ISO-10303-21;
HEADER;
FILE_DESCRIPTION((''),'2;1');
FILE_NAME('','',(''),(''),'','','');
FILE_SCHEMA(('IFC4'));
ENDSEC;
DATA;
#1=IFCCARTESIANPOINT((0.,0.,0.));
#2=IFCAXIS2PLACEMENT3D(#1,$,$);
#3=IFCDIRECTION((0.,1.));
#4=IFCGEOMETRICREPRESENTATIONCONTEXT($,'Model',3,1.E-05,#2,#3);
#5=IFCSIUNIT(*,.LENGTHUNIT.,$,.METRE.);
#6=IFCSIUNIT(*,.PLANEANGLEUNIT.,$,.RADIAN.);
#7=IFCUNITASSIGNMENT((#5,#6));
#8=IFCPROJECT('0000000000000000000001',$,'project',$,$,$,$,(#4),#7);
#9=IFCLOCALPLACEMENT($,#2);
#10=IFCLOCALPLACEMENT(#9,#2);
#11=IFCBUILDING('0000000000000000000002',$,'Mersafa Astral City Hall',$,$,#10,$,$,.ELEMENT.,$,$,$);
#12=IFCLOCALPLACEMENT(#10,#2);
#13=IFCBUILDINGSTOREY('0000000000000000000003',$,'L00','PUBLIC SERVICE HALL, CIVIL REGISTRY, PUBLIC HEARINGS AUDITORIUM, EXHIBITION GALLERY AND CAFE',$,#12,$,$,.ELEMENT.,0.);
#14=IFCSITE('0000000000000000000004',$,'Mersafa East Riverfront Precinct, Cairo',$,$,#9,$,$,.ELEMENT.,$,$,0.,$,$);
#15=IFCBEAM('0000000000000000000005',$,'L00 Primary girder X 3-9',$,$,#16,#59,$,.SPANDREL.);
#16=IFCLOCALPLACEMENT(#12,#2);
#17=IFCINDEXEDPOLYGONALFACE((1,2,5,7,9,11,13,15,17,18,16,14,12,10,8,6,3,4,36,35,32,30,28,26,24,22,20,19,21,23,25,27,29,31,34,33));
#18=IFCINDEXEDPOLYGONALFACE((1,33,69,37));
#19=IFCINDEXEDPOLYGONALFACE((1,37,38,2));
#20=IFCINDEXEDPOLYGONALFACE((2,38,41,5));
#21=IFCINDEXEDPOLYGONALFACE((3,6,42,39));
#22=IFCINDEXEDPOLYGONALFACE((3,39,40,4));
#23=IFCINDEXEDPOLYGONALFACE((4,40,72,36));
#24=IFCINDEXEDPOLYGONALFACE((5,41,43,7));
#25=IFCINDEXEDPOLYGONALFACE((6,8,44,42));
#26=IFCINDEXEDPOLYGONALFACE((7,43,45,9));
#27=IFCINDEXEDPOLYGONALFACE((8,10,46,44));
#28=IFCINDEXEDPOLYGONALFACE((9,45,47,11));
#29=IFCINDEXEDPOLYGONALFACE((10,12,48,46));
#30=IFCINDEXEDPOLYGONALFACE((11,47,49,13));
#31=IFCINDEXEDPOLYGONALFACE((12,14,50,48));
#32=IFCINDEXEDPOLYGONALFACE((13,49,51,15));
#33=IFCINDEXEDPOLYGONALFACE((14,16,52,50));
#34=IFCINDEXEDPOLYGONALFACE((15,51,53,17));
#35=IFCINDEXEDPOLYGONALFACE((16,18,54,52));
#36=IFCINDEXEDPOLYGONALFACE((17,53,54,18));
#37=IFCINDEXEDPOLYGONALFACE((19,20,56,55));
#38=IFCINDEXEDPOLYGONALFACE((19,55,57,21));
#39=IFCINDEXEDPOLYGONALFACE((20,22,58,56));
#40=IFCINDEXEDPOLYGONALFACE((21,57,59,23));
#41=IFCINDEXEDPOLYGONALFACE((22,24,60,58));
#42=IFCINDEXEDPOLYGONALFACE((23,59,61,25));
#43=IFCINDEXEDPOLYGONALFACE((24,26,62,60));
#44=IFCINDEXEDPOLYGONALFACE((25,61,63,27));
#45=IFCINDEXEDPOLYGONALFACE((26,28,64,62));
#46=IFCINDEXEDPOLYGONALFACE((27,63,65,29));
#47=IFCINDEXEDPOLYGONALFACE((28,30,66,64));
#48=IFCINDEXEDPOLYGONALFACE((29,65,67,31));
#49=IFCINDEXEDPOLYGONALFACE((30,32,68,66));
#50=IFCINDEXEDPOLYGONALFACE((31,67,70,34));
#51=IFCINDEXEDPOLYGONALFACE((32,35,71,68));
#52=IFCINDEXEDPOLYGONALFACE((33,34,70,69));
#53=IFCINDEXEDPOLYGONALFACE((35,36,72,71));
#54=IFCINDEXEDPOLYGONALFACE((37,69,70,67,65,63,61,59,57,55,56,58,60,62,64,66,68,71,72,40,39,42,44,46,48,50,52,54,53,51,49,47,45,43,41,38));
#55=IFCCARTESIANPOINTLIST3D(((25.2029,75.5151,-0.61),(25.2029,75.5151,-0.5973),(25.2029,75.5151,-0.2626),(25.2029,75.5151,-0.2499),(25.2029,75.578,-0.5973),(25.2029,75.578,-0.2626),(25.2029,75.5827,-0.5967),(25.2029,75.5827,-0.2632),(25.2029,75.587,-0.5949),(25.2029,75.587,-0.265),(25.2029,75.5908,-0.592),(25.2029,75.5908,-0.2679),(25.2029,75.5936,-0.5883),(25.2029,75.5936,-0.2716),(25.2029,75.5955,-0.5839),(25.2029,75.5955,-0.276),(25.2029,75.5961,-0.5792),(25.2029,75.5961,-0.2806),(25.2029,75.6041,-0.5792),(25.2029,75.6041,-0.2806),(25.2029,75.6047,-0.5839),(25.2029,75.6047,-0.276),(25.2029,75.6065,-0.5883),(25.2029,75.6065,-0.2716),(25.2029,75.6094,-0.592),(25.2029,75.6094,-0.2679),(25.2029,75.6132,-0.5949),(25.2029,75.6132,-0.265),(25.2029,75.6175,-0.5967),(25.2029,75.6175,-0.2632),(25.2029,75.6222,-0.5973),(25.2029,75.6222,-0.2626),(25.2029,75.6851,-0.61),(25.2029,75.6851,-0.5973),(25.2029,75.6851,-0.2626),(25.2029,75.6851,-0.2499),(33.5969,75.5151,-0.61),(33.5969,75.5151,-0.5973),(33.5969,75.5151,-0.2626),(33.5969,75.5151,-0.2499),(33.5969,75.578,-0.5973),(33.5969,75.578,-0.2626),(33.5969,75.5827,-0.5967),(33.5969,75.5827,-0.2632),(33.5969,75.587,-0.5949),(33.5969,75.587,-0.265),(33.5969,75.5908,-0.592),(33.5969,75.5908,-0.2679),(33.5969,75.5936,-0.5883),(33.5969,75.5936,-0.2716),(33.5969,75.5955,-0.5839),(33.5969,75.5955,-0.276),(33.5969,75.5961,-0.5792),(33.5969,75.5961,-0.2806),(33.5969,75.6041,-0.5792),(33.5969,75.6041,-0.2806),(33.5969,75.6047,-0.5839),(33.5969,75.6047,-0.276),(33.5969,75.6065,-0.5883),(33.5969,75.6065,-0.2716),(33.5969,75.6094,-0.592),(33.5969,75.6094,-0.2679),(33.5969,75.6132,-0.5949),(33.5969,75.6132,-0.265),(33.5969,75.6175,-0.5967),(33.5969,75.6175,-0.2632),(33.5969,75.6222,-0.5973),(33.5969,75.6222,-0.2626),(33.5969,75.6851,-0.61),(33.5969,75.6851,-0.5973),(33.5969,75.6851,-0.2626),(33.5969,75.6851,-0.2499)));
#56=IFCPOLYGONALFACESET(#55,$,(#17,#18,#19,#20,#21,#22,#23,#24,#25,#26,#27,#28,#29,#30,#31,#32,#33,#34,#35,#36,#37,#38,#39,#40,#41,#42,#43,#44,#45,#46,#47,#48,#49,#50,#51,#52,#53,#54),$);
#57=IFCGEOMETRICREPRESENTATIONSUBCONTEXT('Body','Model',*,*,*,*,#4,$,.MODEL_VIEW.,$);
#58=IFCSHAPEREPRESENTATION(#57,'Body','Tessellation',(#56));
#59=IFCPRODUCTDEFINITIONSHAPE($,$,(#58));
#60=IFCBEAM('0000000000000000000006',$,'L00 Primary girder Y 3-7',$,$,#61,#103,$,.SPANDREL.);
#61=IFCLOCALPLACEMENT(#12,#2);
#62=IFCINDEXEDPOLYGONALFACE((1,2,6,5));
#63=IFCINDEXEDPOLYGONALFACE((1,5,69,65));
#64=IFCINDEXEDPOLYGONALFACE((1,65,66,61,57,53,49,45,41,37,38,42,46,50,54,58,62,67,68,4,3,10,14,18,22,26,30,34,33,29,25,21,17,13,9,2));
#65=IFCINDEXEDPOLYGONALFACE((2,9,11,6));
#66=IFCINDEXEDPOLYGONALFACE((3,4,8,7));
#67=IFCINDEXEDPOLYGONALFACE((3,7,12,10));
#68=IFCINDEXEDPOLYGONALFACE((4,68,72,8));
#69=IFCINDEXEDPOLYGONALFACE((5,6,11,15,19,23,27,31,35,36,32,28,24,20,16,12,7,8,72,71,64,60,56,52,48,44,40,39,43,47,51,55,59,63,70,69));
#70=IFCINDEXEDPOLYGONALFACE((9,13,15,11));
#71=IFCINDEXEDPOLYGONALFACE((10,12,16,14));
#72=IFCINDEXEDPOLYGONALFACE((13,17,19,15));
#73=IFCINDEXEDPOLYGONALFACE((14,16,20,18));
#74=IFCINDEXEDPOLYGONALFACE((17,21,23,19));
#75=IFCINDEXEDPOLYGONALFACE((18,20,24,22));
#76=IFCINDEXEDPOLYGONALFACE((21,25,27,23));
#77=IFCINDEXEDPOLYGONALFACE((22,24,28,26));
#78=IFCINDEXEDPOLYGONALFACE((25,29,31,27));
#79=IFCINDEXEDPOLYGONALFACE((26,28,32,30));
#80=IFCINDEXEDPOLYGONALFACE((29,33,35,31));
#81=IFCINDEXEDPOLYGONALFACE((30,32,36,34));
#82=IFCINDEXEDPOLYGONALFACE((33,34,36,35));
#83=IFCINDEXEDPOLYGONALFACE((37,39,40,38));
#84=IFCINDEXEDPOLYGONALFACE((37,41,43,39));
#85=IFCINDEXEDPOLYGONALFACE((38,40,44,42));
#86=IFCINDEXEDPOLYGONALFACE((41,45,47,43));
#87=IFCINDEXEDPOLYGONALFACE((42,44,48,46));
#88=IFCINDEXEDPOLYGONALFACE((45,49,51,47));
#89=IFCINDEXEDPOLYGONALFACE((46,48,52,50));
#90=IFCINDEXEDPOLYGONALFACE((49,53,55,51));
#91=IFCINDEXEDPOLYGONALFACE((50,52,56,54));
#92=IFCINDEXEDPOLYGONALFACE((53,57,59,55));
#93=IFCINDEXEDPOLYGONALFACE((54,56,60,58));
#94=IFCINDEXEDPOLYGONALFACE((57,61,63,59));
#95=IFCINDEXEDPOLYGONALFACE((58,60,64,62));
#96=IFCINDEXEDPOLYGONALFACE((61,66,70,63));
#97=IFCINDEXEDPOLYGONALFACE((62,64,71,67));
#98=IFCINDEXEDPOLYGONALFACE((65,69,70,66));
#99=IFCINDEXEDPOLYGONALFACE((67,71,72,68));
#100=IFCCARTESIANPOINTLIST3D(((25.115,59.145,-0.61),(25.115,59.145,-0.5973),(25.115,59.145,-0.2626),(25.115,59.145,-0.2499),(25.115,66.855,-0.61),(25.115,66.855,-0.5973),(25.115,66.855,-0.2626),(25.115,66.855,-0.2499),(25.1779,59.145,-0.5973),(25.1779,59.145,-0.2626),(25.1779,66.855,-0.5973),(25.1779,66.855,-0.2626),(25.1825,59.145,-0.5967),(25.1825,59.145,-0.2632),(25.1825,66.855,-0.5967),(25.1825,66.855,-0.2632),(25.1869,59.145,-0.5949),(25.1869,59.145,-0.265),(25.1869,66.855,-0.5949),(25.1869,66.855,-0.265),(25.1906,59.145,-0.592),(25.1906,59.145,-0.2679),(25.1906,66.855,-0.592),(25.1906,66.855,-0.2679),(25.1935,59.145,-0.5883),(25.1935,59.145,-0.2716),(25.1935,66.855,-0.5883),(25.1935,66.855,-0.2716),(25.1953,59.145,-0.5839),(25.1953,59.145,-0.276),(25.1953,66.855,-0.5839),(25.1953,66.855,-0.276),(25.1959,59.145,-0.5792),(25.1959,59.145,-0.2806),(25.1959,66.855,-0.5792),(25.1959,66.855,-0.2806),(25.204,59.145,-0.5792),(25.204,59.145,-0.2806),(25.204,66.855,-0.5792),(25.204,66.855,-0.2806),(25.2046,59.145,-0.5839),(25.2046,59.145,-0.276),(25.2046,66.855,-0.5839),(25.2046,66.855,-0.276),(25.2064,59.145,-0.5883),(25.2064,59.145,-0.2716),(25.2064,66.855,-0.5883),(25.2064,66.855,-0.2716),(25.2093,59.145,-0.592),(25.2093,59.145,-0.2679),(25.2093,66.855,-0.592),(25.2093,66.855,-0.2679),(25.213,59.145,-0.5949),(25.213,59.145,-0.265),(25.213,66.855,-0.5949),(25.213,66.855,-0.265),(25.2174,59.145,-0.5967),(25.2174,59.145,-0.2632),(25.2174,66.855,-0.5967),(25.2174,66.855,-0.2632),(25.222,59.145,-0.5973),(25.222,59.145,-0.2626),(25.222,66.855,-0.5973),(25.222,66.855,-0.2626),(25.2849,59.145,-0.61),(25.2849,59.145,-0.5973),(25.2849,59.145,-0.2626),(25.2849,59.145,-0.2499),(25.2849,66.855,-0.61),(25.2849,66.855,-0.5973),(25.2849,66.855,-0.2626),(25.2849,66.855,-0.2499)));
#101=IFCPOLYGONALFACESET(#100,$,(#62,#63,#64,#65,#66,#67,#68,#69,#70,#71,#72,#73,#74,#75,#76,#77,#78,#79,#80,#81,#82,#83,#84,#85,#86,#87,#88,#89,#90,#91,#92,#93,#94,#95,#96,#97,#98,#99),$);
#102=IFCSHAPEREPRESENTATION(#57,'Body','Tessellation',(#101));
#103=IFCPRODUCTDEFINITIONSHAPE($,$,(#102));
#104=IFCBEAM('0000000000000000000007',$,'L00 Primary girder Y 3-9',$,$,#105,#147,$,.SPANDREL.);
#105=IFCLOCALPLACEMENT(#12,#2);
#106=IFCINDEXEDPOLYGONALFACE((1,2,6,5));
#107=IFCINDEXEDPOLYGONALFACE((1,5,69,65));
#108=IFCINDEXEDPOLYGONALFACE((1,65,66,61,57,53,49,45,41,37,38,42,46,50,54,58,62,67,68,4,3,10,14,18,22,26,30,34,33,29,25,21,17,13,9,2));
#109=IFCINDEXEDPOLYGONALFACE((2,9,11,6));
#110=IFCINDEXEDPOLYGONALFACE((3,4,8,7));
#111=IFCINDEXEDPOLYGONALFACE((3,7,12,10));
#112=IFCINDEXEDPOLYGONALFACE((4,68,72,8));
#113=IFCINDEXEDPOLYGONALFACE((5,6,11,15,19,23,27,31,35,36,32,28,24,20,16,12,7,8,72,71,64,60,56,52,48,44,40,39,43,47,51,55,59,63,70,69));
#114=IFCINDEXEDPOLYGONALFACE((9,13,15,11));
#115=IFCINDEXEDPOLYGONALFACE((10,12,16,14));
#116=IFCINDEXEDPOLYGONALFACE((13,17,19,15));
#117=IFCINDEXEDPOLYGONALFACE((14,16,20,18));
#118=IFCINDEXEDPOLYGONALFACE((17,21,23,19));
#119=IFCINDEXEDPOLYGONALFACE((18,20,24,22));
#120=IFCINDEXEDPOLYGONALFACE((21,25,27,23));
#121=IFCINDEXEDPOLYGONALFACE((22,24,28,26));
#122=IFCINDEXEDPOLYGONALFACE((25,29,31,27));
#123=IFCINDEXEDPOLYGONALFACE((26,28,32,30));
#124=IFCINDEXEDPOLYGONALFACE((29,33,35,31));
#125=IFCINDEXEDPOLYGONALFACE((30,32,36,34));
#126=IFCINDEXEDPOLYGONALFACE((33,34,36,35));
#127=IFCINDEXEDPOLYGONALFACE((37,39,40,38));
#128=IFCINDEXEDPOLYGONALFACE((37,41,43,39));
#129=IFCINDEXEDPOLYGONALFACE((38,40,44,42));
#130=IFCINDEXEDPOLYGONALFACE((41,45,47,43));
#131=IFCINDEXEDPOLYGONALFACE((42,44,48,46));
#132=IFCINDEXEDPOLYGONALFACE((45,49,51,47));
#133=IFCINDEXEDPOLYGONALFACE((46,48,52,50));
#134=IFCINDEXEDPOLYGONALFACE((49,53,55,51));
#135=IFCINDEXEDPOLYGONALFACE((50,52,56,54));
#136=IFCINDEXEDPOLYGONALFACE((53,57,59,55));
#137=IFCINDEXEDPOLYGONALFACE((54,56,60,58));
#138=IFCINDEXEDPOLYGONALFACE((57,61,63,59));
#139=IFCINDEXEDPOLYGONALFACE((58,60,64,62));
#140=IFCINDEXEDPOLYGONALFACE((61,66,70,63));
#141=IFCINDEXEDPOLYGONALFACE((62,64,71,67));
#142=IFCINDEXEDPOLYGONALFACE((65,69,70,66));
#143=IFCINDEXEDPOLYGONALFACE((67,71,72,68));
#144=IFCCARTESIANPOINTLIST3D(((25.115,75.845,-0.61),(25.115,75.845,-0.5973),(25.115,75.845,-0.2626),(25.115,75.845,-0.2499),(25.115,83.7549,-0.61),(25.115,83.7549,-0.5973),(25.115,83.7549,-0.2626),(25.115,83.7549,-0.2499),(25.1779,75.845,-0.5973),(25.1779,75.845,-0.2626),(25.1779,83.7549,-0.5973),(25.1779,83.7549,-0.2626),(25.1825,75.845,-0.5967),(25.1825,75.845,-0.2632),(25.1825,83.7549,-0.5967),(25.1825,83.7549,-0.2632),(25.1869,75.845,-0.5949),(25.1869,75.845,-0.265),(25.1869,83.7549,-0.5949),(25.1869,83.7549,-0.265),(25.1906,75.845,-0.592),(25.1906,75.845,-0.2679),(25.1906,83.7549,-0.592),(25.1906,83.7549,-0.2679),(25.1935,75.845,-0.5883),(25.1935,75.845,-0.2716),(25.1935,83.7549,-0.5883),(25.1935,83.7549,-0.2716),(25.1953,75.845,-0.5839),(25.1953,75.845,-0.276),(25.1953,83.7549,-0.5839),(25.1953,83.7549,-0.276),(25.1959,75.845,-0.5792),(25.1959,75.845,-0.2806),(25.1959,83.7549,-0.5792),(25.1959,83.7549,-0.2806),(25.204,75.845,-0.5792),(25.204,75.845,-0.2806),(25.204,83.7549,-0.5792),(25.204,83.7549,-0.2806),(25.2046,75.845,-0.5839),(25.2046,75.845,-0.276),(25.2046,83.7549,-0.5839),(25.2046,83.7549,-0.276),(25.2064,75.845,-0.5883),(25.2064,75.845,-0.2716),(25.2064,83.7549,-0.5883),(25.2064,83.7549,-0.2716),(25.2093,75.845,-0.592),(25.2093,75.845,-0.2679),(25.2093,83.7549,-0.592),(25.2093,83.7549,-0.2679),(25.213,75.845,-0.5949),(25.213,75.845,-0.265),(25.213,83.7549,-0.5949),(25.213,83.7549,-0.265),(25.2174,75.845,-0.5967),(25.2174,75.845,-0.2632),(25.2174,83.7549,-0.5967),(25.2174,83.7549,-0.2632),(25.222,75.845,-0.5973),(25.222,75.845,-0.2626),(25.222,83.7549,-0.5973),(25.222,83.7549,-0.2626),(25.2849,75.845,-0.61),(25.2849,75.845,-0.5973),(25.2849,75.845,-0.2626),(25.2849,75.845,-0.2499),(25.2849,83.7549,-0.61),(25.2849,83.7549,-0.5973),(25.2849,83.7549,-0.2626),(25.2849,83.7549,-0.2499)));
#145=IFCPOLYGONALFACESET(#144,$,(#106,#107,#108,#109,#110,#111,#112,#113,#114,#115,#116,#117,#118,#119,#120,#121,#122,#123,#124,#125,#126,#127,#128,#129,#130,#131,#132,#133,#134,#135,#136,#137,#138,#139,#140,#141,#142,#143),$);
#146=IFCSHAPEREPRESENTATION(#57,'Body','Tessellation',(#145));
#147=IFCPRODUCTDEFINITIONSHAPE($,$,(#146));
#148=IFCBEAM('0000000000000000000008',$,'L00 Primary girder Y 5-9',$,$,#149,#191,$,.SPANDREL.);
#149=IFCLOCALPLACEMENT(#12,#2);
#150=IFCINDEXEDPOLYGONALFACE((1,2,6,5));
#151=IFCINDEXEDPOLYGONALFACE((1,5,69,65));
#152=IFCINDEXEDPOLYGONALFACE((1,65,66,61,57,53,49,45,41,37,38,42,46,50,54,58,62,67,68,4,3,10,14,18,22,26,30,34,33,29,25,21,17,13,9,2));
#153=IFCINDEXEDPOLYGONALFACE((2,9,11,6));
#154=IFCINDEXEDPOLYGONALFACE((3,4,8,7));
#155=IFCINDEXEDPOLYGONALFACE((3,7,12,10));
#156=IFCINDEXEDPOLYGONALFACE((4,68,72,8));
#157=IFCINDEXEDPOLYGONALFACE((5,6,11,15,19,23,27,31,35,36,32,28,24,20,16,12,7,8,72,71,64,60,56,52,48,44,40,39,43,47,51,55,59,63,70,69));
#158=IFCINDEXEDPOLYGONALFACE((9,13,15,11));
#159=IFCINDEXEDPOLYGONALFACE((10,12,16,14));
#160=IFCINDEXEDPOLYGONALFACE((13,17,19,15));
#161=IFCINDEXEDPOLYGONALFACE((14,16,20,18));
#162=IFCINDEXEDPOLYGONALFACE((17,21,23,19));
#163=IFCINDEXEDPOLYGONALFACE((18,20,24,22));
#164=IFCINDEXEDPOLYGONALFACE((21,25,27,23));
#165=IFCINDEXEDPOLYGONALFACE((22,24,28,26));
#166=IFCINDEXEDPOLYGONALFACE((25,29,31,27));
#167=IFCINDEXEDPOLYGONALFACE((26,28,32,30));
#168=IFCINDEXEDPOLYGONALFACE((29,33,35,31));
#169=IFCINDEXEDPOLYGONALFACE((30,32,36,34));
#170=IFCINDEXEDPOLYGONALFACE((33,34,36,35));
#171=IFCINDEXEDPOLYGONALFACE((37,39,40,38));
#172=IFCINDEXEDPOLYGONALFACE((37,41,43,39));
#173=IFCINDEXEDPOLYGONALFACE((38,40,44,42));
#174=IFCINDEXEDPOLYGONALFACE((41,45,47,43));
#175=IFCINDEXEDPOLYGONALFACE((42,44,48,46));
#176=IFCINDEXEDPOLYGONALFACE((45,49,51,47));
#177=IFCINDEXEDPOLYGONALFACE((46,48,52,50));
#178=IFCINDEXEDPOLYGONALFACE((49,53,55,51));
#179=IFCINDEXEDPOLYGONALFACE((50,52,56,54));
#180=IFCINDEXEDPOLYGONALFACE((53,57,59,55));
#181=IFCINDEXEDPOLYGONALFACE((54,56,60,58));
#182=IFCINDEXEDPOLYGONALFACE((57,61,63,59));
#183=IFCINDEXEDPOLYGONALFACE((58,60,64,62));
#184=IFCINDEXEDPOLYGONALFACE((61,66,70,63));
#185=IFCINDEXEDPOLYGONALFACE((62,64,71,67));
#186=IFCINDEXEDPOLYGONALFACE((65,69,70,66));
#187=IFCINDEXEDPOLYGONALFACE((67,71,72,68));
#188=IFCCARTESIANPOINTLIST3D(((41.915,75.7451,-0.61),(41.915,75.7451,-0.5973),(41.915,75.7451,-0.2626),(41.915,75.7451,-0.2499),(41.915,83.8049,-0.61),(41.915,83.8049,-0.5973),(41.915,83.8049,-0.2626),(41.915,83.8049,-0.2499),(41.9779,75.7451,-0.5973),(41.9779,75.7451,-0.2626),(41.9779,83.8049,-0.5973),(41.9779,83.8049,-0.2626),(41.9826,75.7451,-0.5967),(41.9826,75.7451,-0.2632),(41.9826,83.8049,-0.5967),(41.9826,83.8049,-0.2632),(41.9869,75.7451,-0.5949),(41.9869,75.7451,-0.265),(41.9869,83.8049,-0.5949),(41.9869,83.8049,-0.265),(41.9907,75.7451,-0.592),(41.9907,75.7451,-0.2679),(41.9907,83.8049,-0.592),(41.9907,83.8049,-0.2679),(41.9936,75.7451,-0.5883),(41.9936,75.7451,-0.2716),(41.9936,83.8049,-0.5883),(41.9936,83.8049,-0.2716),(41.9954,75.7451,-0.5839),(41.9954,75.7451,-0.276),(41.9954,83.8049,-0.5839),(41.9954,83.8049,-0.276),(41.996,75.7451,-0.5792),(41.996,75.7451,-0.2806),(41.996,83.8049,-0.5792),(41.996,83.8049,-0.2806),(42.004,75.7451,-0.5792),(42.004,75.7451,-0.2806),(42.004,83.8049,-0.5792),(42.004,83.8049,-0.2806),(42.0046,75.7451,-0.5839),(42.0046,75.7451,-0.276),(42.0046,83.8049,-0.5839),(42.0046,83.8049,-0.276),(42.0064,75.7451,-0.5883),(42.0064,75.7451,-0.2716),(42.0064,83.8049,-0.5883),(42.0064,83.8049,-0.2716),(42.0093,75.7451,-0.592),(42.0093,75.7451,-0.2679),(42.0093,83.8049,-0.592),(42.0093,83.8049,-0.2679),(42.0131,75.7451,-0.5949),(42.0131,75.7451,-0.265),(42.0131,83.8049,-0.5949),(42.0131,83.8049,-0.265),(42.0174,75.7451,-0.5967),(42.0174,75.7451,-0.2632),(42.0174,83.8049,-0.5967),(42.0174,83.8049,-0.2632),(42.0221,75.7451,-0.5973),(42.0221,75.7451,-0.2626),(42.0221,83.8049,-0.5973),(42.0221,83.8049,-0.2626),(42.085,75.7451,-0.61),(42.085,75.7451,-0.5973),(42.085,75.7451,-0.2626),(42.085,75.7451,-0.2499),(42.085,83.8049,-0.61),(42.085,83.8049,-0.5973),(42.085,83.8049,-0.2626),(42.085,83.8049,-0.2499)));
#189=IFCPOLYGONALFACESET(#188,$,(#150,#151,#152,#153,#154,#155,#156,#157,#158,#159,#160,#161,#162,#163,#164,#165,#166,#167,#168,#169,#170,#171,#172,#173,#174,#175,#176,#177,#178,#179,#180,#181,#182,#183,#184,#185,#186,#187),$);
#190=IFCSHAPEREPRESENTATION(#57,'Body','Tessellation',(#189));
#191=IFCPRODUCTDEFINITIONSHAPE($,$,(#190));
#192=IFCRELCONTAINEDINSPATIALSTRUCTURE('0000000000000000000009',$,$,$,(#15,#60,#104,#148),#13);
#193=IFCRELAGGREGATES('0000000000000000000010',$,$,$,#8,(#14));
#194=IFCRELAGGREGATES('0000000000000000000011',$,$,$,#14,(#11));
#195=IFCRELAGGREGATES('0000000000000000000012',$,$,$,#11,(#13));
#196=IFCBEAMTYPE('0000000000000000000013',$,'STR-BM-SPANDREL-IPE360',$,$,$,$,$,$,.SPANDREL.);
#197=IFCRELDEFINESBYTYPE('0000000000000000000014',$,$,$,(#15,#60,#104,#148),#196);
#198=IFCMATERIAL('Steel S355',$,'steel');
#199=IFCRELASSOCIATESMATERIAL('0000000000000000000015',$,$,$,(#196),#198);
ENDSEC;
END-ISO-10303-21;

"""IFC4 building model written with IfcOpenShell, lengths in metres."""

from ifc_helpers import new_model, si_unit, direction, frame, origin, origin_2d, place, context, subcontext, project, spatial, i_section, extrude, material, material_profile, profile_set, type_object, element, save


model = new_model("IFC4")

# Units and contexts
model_context = context("Model", 3, precision=1e-05, world=origin(), true_north=direction((0.0, 1.0)))
body_context = subcontext(model_context, "Body", "Model", "MODEL_VIEW")
ifc_project = project(units=[si_unit("LENGTHUNIT", "METRE"), si_unit("PLANEANGLEUNIT", "RADIAN")], contexts=[model_context])

# Site, building, storey
site_placement = place(None, origin())
site = spatial("IfcSite", under=ifc_project, at=site_placement, Name="Mersafa East Riverfront Precinct, Cairo", CompositionType="ELEMENT", RefElevation=0.0)
building_placement = place(site_placement, origin())
building = spatial("IfcBuilding", under=site, at=building_placement, Name="Mersafa Astral City Hall", CompositionType="ELEMENT")
storey_placement = place(building_placement, origin())
storey = spatial("IfcBuildingStorey", under=building, at=storey_placement, Name="L00", Description="PUBLIC SERVICE HALL, CIVIL REGISTRY, PUBLIC HEARINGS AUDITORIUM, EXHIBITION GALLERY AND CAFE", CompositionType="ELEMENT", Elevation=0.0)

# Shared definitions
ifc_material_1 = material(Name="Steel S355", Category="steel")

# Beams
ifc_material_profile_1 = material_profile(ifc_material_1, i_section(OverallWidth=0.1699, OverallDepth=0.3601, WebThickness=0.0081, FlangeThickness=0.0127, FilletRadius=0.0181, at=origin_2d()), Name="IPE 360")
ifc_profile_set_1 = profile_set([ifc_material_profile_1], Name="Steel S355")
beam_type_1 = type_object("IfcBeamType", Name="STR-BM-SPANDREL-IPE360", PredefinedType="SPANDREL", material=ifc_profile_set_1)
beam_1_placement = place(storey_placement, frame((25.2029, 75.6001, -0.4299), z_axis=(1.0, 0.0, 0.0), x_axis=(0.0, 1.0, 0.0)))
element("IfcBeam", 1, at=beam_1_placement, inside=storey, type_object=beam_type_1, Name="L00 Primary girder X 3-9", PredefinedType="SPANDREL", context=body_context, shape_type="SweptSolid", body=[
    extrude(i_section(OverallWidth=0.1699, OverallDepth=0.3601, WebThickness=0.0081, FlangeThickness=0.0127, FilletRadius=0.0181, at=origin_2d()), origin(), (0.0, 0.0, 1.0), 8.394),
])
beam_2_placement = place(storey_placement, frame((25.2, 59.145, -0.4299), z_axis=(0.0, 1.0, 0.0), x_axis=(-1.0, 0.0, 0.0)))
element("IfcBeam", 2, at=beam_2_placement, inside=storey, type_object=beam_type_1, Name="L00 Primary girder Y 3-7", PredefinedType="SPANDREL", context=body_context, shape_type="SweptSolid", body=[
    extrude(i_section(OverallWidth=0.1699, OverallDepth=0.3601, WebThickness=0.0081, FlangeThickness=0.0127, FilletRadius=0.0181, at=origin_2d()), origin(), (0.0, 0.0, 1.0), 7.71),
])
beam_3_placement = place(storey_placement, frame((25.2, 75.845, -0.4299), z_axis=(0.0, 1.0, 0.0), x_axis=(-1.0, 0.0, 0.0)))
element("IfcBeam", 3, at=beam_3_placement, inside=storey, type_object=beam_type_1, Name="L00 Primary girder Y 3-9", PredefinedType="SPANDREL", context=body_context, shape_type="SweptSolid", body=[
    extrude(i_section(OverallWidth=0.1699, OverallDepth=0.3601, WebThickness=0.0081, FlangeThickness=0.0127, FilletRadius=0.0181, at=origin_2d()), origin(), (0.0, 0.0, 1.0), 7.9099),
])
beam_4_placement = place(storey_placement, frame((42.0, 75.7451, -0.4299), z_axis=(0.0, 1.0, 0.0), x_axis=(-1.0, 0.0, 0.0)))
element("IfcBeam", 4, at=beam_4_placement, inside=storey, type_object=beam_type_1, Name="L00 Primary girder Y 5-9", PredefinedType="SPANDREL", context=body_context, shape_type="SweptSolid", body=[
    extrude(i_section(OverallWidth=0.1699, OverallDepth=0.3601, WebThickness=0.0081, FlangeThickness=0.0127, FilletRadius=0.0181, at=origin_2d()), origin(), (0.0, 0.0, 1.0), 8.0598),
])

save(model, "model.ifc")
